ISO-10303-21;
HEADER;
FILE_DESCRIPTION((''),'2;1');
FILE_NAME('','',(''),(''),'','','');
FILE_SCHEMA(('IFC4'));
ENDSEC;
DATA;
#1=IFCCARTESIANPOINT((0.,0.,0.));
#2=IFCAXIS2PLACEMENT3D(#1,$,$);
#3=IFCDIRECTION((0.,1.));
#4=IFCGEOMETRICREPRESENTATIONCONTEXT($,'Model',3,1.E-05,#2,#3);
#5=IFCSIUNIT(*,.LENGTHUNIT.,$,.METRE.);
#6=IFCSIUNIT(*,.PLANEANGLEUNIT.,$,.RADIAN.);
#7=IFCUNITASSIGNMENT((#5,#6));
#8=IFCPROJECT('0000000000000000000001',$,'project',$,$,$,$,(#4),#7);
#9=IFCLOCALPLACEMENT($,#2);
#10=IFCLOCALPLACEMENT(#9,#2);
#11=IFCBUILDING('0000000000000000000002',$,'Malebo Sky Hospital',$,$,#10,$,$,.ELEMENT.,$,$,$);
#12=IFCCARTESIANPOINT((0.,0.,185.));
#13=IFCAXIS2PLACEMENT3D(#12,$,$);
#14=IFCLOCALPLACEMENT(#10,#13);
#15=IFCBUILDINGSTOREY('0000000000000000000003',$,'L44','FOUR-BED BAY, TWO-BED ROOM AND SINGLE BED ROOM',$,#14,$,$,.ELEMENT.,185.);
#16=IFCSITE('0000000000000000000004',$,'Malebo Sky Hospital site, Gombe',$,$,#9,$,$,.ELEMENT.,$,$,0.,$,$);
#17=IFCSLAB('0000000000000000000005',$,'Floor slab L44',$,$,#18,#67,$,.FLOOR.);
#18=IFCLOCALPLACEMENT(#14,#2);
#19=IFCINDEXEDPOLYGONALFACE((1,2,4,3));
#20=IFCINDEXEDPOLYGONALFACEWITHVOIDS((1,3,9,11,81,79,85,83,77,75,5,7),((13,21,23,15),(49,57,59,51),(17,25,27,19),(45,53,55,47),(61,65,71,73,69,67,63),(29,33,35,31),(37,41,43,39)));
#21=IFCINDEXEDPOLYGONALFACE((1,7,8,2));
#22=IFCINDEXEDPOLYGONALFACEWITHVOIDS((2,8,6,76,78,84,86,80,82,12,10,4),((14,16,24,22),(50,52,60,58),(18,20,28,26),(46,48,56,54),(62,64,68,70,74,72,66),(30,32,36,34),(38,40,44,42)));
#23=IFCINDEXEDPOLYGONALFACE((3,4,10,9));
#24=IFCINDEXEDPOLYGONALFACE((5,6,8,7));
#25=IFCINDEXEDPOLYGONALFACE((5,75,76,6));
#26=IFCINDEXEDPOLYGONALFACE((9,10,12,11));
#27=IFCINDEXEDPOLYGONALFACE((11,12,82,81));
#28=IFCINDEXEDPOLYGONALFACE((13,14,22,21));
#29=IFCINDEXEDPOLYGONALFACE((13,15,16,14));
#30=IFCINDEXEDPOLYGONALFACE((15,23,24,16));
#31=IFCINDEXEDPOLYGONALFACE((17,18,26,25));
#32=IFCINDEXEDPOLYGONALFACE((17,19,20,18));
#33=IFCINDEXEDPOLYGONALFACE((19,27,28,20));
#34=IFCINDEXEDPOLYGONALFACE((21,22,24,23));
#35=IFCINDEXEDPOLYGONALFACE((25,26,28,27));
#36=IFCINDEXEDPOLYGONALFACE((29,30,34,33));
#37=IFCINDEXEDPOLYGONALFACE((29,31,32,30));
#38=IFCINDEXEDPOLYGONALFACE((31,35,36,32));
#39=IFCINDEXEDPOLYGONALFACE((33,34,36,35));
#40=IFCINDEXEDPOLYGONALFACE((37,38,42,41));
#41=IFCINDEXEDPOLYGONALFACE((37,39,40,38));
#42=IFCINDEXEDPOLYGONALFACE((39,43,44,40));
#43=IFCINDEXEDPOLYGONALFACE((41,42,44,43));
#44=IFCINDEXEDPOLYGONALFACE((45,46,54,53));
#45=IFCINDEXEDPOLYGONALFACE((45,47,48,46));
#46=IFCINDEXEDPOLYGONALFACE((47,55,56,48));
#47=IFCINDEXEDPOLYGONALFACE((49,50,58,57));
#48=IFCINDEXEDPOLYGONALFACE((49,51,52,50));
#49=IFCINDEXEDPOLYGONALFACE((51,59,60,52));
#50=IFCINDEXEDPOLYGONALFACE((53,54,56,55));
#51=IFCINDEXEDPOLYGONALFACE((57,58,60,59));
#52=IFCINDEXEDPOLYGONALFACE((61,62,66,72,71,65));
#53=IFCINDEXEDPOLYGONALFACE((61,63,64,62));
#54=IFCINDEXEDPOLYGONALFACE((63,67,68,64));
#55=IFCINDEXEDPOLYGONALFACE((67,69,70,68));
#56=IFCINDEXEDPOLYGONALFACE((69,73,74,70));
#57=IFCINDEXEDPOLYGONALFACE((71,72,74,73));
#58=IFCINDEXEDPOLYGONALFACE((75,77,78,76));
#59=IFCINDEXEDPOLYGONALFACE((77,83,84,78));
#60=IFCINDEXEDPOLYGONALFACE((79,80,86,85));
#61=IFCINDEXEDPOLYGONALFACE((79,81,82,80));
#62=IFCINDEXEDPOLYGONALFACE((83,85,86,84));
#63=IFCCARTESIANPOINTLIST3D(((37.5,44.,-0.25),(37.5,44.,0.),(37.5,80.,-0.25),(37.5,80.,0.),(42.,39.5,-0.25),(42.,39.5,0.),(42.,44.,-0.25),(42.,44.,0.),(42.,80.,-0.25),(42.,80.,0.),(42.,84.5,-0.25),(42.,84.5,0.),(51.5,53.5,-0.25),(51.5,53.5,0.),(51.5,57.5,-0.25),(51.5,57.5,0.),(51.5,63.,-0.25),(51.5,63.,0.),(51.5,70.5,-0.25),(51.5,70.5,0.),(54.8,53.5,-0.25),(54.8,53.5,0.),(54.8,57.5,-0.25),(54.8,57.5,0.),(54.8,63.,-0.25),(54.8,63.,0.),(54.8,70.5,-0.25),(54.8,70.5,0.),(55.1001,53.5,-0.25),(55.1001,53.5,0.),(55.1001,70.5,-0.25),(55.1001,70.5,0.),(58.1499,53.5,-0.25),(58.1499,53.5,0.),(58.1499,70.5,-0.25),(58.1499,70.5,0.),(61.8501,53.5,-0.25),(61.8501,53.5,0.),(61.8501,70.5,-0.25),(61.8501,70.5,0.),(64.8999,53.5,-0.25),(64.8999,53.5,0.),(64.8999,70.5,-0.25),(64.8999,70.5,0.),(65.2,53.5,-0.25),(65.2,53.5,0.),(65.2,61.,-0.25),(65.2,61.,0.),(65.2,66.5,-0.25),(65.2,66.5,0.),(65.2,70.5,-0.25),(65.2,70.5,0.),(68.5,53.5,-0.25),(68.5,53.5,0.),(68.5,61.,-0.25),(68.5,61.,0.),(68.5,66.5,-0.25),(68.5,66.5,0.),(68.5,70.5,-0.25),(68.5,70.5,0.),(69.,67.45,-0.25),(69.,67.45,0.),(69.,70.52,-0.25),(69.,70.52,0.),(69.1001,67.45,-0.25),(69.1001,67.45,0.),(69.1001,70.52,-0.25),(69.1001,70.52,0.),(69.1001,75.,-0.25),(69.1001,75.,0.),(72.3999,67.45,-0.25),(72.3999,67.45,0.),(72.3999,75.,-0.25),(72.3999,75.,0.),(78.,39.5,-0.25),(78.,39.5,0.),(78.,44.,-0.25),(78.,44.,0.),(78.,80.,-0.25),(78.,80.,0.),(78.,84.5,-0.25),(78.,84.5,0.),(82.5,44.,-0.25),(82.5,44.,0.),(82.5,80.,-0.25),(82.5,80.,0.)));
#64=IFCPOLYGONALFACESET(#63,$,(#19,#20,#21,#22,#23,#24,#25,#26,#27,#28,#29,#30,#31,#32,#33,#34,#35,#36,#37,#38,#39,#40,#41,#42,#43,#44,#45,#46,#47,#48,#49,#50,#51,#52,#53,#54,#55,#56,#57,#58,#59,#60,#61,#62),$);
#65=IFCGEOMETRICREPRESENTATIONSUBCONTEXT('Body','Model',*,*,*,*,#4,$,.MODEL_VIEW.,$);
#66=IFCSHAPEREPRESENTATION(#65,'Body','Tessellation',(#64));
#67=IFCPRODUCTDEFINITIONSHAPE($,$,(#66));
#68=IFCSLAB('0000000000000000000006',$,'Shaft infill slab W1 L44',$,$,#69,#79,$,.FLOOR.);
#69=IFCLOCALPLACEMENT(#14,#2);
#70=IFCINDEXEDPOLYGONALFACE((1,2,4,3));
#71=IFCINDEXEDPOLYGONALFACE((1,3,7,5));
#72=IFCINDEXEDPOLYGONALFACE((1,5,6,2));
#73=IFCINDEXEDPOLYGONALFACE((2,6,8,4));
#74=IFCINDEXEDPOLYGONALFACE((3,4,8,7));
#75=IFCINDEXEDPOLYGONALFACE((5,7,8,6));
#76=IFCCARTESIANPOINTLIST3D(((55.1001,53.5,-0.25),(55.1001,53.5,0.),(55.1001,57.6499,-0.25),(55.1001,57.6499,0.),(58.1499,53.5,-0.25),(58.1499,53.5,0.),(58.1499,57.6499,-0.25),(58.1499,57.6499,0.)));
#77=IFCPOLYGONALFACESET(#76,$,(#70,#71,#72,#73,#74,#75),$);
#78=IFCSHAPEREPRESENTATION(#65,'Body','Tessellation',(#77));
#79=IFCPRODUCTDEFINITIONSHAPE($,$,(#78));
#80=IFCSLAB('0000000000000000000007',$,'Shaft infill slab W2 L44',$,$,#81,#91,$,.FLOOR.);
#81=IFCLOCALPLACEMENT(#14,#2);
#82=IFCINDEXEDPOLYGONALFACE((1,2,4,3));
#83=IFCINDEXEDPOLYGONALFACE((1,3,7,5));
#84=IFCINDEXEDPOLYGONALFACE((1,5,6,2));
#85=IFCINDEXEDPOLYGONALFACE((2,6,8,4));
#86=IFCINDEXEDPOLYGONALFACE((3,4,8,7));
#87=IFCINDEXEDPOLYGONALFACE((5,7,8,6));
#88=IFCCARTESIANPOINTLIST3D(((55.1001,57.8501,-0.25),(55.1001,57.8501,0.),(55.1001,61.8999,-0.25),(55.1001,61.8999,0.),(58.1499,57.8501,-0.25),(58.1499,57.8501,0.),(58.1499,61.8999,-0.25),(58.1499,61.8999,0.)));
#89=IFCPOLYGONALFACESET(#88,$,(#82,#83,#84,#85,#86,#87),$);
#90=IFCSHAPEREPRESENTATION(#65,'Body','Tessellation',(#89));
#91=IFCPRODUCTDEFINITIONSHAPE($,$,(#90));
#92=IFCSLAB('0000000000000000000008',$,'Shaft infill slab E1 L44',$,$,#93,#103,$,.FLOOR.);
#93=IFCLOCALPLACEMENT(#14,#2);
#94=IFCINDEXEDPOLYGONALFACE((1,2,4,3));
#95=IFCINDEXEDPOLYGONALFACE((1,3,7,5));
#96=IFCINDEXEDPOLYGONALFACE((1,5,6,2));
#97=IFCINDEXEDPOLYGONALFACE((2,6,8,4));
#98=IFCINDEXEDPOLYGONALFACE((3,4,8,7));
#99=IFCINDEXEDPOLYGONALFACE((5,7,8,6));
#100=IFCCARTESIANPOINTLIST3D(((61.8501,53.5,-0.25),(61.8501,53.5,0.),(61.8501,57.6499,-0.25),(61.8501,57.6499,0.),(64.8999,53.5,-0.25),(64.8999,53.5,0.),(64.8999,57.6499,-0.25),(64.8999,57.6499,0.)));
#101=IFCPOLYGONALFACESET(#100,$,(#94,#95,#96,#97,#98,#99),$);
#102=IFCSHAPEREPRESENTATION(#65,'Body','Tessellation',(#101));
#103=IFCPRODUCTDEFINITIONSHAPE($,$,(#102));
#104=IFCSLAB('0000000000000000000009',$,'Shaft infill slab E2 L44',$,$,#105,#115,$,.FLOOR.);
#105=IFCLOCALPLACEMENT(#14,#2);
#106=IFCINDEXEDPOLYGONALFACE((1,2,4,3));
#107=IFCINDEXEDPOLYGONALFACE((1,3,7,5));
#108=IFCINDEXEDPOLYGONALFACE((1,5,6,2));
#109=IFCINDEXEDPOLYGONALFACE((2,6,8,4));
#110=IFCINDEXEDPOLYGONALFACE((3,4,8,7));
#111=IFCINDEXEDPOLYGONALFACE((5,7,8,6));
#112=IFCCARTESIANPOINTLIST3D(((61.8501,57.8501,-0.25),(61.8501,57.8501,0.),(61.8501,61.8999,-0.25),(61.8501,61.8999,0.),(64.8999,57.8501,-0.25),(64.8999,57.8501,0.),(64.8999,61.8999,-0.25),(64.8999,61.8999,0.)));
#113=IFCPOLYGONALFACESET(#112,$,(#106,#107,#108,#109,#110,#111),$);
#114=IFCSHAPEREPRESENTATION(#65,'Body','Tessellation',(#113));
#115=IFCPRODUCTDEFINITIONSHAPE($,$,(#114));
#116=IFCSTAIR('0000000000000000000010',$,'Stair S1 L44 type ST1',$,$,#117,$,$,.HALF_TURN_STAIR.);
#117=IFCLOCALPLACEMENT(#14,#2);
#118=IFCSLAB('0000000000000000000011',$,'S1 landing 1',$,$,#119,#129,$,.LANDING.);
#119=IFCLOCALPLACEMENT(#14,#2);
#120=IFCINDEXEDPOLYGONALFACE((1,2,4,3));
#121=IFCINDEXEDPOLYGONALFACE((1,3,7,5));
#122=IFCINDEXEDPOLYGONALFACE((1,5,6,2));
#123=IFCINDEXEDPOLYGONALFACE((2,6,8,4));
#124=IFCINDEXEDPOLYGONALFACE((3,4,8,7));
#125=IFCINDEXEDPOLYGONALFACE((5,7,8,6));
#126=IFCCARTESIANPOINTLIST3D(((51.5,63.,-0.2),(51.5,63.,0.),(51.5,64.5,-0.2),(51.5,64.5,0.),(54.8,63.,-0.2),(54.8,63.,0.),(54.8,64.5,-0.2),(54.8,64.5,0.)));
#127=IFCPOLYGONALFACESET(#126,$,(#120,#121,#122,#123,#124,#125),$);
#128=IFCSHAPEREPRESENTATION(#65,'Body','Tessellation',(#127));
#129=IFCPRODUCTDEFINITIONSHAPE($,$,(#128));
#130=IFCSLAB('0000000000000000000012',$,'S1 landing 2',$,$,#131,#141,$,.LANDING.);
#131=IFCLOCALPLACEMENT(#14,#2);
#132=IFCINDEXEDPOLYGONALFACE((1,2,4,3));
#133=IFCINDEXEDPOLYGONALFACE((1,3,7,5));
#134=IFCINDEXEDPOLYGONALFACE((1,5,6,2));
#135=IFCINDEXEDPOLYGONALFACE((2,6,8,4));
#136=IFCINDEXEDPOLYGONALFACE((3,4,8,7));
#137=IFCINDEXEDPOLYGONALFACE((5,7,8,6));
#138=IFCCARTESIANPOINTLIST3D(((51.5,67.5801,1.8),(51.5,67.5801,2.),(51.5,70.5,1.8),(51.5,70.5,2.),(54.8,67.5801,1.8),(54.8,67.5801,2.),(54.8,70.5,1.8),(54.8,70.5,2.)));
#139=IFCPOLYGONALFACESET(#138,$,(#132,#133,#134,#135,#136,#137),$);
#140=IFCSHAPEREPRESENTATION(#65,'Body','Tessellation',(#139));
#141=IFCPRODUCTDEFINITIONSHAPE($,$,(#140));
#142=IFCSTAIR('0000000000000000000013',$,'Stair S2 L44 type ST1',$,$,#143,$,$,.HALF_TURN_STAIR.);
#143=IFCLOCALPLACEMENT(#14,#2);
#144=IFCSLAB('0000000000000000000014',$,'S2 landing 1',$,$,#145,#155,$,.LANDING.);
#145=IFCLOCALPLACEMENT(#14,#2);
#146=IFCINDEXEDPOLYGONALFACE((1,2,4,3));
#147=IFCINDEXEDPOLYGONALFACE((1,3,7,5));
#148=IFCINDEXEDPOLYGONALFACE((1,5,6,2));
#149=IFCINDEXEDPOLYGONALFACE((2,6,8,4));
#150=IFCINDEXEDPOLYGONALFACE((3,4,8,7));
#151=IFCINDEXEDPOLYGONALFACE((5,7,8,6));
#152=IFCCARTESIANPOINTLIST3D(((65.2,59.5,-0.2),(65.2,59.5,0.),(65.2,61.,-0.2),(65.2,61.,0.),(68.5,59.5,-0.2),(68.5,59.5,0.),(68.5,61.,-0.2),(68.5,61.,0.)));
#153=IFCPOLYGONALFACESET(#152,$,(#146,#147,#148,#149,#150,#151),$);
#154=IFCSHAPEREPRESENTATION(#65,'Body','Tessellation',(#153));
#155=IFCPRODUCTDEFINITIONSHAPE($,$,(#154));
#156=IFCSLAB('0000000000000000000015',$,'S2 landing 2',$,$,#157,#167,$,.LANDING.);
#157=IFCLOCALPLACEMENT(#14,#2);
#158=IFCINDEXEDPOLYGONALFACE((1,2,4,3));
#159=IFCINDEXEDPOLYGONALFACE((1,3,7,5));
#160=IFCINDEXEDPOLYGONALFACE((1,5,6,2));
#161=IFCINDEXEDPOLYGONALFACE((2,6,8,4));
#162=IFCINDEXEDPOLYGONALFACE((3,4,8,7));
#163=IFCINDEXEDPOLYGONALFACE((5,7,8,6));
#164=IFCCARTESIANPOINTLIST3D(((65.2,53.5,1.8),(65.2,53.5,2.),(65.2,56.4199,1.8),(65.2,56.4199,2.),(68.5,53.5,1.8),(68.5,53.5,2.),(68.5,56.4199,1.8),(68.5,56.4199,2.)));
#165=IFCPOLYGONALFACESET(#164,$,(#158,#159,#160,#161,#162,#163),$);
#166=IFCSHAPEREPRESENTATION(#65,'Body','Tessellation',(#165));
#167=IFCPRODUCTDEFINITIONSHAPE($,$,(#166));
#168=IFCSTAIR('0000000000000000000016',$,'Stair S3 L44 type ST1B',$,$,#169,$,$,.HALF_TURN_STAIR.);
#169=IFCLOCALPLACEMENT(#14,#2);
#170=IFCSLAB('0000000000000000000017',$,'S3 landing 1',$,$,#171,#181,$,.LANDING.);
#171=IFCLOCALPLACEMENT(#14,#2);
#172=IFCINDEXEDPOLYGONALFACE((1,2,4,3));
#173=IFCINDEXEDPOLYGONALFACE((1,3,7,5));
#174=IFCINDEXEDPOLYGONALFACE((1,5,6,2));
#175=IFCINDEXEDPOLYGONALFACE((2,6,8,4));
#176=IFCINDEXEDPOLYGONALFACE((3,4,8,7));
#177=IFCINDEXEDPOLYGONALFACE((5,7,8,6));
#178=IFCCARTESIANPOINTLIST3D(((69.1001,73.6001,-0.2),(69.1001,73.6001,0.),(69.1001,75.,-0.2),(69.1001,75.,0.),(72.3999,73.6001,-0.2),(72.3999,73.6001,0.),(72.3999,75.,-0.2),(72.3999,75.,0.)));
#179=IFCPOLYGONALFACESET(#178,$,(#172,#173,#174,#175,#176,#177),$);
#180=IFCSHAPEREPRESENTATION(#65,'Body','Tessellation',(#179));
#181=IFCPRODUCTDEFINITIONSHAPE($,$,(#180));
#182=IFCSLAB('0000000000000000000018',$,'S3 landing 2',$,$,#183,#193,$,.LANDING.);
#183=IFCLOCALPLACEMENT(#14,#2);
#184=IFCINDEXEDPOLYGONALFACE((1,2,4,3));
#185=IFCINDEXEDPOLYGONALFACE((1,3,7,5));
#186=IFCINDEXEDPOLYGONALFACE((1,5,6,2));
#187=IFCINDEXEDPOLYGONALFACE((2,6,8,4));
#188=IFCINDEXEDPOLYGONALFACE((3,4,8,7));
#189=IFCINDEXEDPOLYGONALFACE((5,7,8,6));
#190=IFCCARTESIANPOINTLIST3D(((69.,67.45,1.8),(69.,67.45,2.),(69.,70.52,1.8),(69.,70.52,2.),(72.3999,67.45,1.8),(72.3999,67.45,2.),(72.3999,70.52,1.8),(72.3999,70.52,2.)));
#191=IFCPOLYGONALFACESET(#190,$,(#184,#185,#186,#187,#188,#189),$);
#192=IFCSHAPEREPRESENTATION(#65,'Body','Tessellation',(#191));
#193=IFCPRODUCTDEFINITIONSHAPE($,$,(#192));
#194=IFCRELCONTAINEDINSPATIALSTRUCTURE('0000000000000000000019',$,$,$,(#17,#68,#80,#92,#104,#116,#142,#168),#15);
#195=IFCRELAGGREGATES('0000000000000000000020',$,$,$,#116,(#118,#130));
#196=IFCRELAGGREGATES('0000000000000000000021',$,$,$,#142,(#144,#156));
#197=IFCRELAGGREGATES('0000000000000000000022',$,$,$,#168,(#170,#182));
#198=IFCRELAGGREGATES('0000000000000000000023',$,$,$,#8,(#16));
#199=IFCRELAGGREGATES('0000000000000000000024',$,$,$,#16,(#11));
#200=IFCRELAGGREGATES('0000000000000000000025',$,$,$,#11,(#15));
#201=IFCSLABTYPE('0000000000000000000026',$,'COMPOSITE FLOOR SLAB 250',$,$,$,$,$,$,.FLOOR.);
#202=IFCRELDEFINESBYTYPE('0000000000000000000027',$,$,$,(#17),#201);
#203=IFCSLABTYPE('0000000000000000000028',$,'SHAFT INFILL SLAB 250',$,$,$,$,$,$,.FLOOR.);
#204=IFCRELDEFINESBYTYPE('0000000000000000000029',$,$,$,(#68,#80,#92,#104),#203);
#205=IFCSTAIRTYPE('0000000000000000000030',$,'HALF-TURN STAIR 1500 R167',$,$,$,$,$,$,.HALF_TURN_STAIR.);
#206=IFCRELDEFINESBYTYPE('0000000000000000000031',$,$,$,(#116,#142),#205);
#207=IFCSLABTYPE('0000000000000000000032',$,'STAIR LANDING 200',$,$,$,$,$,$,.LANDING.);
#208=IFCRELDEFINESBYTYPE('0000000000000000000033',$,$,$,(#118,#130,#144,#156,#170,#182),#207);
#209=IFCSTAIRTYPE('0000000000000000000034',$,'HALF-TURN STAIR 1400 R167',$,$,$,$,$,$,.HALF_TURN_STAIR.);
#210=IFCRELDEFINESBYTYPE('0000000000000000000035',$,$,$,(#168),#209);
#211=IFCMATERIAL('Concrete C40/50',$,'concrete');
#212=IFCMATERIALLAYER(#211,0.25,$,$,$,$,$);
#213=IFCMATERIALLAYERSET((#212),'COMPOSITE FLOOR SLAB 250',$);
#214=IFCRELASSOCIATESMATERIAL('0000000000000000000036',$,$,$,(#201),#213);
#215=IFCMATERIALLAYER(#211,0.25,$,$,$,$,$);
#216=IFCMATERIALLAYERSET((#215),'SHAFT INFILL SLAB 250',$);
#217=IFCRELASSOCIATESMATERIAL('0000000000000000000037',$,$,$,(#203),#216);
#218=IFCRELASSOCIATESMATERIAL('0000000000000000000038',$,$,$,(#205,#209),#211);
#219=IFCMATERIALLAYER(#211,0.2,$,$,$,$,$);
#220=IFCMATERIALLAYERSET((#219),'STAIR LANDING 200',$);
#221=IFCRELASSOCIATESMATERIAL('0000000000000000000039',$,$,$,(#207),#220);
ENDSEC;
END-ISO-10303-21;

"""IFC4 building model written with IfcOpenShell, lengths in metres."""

from ifc_helpers import new_model, si_unit, direction, frame, origin, place, context, subcontext, project, spatial, polyline, outline, extrude, material, layer, layer_set, type_object, element, aggregate, save


model = new_model("IFC4")

# Units and contexts
model_context = context("Model", 3, precision=1e-05, world=origin(), true_north=direction((0.0, 1.0)))
body_context = subcontext(model_context, "Body", "Model", "MODEL_VIEW")
ifc_project = project(units=[si_unit("LENGTHUNIT", "METRE"), si_unit("PLANEANGLEUNIT", "RADIAN")], contexts=[model_context])

# Site, building, storey
site_placement = place(None, origin())
site = spatial("IfcSite", under=ifc_project, at=site_placement, Name="Malebo Sky Hospital site, Gombe", CompositionType="ELEMENT", RefElevation=0.0)
building_placement = place(site_placement, origin())
building = spatial("IfcBuilding", under=site, at=building_placement, Name="Malebo Sky Hospital", CompositionType="ELEMENT")
storey_placement = place(building_placement, frame((0.0, 0.0, 185.0)))
storey = spatial("IfcBuildingStorey", under=building, at=storey_placement, Name="L44", Description="FOUR-BED BAY, TWO-BED ROOM AND SINGLE BED ROOM", CompositionType="ELEMENT", Elevation=185.0)

# Slabs
ifc_material_1 = material(Name="Concrete C40/50", Category="concrete")
ifc_layer_1 = layer(ifc_material_1, 0.25)
ifc_layer_set_1 = layer_set([ifc_layer_1], Name="COMPOSITE FLOOR SLAB 250")
slab_type_1 = type_object("IfcSlabType", Name="COMPOSITE FLOOR SLAB 250", PredefinedType="FLOOR", material=ifc_layer_set_1)
slab_1_placement = place(storey_placement, frame((0.0, 0.0, -0.25)))
element("IfcSlab", 1, at=slab_1_placement, inside=storey, type_object=slab_type_1, Name="Floor slab L44", PredefinedType="FLOOR", context=body_context, shape_type="SweptSolid", body=[
    extrude(outline(polyline([(42.0, 84.5), (42.0, 80.0), (37.5, 80.0), (37.5, 44.0), (42.0, 44.0), (42.0, 39.5), (78.0, 39.5), (78.0, 44.0), (82.5, 44.0), (82.5, 80.0), (78.0, 80.0), (78.0, 84.5), (42.0, 84.5)]), holes=[polyline([(55.1001, 70.5), (58.1499, 70.5), (58.1499, 53.5), (55.1001, 53.5), (55.1001, 70.5)]), polyline([(64.8999, 70.5), (64.8999, 53.5), (61.8501, 53.5), (61.8501, 70.5), (64.8999, 70.5)]), polyline([(54.8, 63.0), (51.5, 63.0), (51.5, 70.5), (54.8, 70.5), (54.8, 63.0)]), polyline([(51.5, 53.5), (51.5, 57.5), (54.8, 57.5), (54.8, 53.5), (51.5, 53.5)]), polyline([(65.2, 61.0), (68.5, 61.0), (68.5, 53.5), (65.2, 53.5), (65.2, 61.0)]), polyline([(68.5, 70.5), (68.5, 66.5), (65.2, 66.5), (65.2, 70.5), (68.5, 70.5)]), polyline([(69.0, 67.45), (69.0, 70.52), (69.1001, 70.52), (69.1001, 75.0), (72.3999, 75.0), (72.3999, 67.45), (69.1001, 67.45), (69.0, 67.45)])]), origin(), (0.0, 0.0, 1.0), 0.25),
])
ifc_layer_2 = layer(ifc_material_1, 0.25)
ifc_layer_set_2 = layer_set([ifc_layer_2], Name="SHAFT INFILL SLAB 250")
slab_type_2 = type_object("IfcSlabType", Name="SHAFT INFILL SLAB 250", PredefinedType="FLOOR", material=ifc_layer_set_2)
slab_2_placement = place(storey_placement, frame((0.0, 0.0, -0.25)))
element("IfcSlab", 2, at=slab_2_placement, inside=storey, type_object=slab_type_2, Name="Shaft infill slab W1 L44", PredefinedType="FLOOR", context=body_context, shape_type="SweptSolid", body=[
    extrude(outline(polyline([(55.1001, 53.5), (58.1499, 53.5), (58.1499, 57.6499), (55.1001, 57.6499), (55.1001, 53.5)])), origin(), (0.0, 0.0, 1.0), 0.25),
])
slab_3_placement = place(storey_placement, frame((0.0, 0.0, -0.25)))
element("IfcSlab", 3, at=slab_3_placement, inside=storey, type_object=slab_type_2, Name="Shaft infill slab W2 L44", PredefinedType="FLOOR", context=body_context, shape_type="SweptSolid", body=[
    extrude(outline(polyline([(55.1001, 57.8501), (58.1499, 57.8501), (58.1499, 61.8999), (55.1001, 61.8999), (55.1001, 57.8501)])), origin(), (0.0, 0.0, 1.0), 0.25),
])
slab_4_placement = place(storey_placement, frame((0.0, 0.0, -0.25)))
element("IfcSlab", 4, at=slab_4_placement, inside=storey, type_object=slab_type_2, Name="Shaft infill slab E1 L44", PredefinedType="FLOOR", context=body_context, shape_type="SweptSolid", body=[
    extrude(outline(polyline([(61.8501, 53.5), (64.8999, 53.5), (64.8999, 57.6499), (61.8501, 57.6499), (61.8501, 53.5)])), origin(), (0.0, 0.0, 1.0), 0.25),
])
slab_5_placement = place(storey_placement, frame((0.0, 0.0, -0.25)))
element("IfcSlab", 5, at=slab_5_placement, inside=storey, type_object=slab_type_2, Name="Shaft infill slab E2 L44", PredefinedType="FLOOR", context=body_context, shape_type="SweptSolid", body=[
    extrude(outline(polyline([(61.8501, 57.8501), (64.8999, 57.8501), (64.8999, 61.8999), (61.8501, 61.8999), (61.8501, 57.8501)])), origin(), (0.0, 0.0, 1.0), 0.25),
])

# Stairs, slabs
stair_type_1 = type_object("IfcStairType", Name="HALF-TURN STAIR 1500 R167", PredefinedType="HALF_TURN_STAIR", material=ifc_material_1)
stair_1_placement = place(storey_placement, origin())
stair_1 = element("IfcStair", 6, at=stair_1_placement, inside=storey, type_object=stair_type_1, Name="Stair S1 L44 type ST1", PredefinedType="HALF_TURN_STAIR")
ifc_layer_3 = layer(ifc_material_1, 0.2)
ifc_layer_set_3 = layer_set([ifc_layer_3], Name="STAIR LANDING 200")
slab_type_3 = type_object("IfcSlabType", Name="STAIR LANDING 200", PredefinedType="LANDING", material=ifc_layer_set_3)
slab_6_placement = place(storey_placement, frame((0.0, 0.0, -0.2)))
slab_6 = element("IfcSlab", 7, at=slab_6_placement, type_object=slab_type_3, Name="S1 landing 1", PredefinedType="LANDING", context=body_context, shape_type="SweptSolid", body=[
    extrude(outline(polyline([(51.5, 63.0), (54.8, 63.0), (54.8, 64.5), (51.5, 64.5), (51.5, 63.0)])), origin(), (0.0, 0.0, 1.0), 0.2),
])
slab_7_placement = place(storey_placement, frame((0.0, 0.0, 1.8)))
slab_7 = element("IfcSlab", 8, at=slab_7_placement, type_object=slab_type_3, Name="S1 landing 2", PredefinedType="LANDING", context=body_context, shape_type="SweptSolid", body=[
    extrude(outline(polyline([(51.5, 67.5801), (54.8, 67.5801), (54.8, 70.5), (51.5, 70.5), (51.5, 67.5801)])), origin(), (0.0, 0.0, 1.0), 0.2),
])
aggregate(stair_1, [slab_6, slab_7])
stair_2_placement = place(storey_placement, origin())
stair_2 = element("IfcStair", 9, at=stair_2_placement, inside=storey, type_object=stair_type_1, Name="Stair S2 L44 type ST1", PredefinedType="HALF_TURN_STAIR")
slab_8_placement = place(storey_placement, frame((0.0, 0.0, -0.2)))
slab_8 = element("IfcSlab", 10, at=slab_8_placement, type_object=slab_type_3, Name="S2 landing 1", PredefinedType="LANDING", context=body_context, shape_type="SweptSolid", body=[
    extrude(outline(polyline([(65.2, 59.5), (68.5, 59.5), (68.5, 61.0), (65.2, 61.0), (65.2, 59.5)])), origin(), (0.0, 0.0, 1.0), 0.2),
])
slab_9_placement = place(storey_placement, frame((0.0, 0.0, 1.8)))
slab_9 = element("IfcSlab", 11, at=slab_9_placement, type_object=slab_type_3, Name="S2 landing 2", PredefinedType="LANDING", context=body_context, shape_type="SweptSolid", body=[
    extrude(outline(polyline([(65.2, 53.5), (68.5, 53.5), (68.5, 56.4199), (65.2, 56.4199), (65.2, 53.5)])), origin(), (0.0, 0.0, 1.0), 0.2),
])
aggregate(stair_2, [slab_8, slab_9])
stair_type_2 = type_object("IfcStairType", Name="HALF-TURN STAIR 1400 R167", PredefinedType="HALF_TURN_STAIR", material=ifc_material_1)
stair_3_placement = place(storey_placement, origin())
stair_3 = element("IfcStair", 12, at=stair_3_placement, inside=storey, type_object=stair_type_2, Name="Stair S3 L44 type ST1B", PredefinedType="HALF_TURN_STAIR")
slab_10_placement = place(storey_placement, frame((0.0, 0.0, -0.2)))
slab_10 = element("IfcSlab", 13, at=slab_10_placement, type_object=slab_type_3, Name="S3 landing 1", PredefinedType="LANDING", context=body_context, shape_type="SweptSolid", body=[
    extrude(outline(polyline([(69.1001, 73.6001), (72.3999, 73.6001), (72.3999, 75.0), (69.1001, 75.0), (69.1001, 73.6001)])), origin(), (0.0, 0.0, 1.0), 0.2),
])
slab_11_placement = place(storey_placement, frame((0.0, 0.0, 1.8)))
slab_11 = element("IfcSlab", 14, at=slab_11_placement, type_object=slab_type_3, Name="S3 landing 2", PredefinedType="LANDING", context=body_context, shape_type="SweptSolid", body=[
    extrude(outline(polyline([(69.0, 67.45), (72.3999, 67.45), (72.3999, 70.52), (69.0, 70.52), (69.0, 67.45)])), origin(), (0.0, 0.0, 1.0), 0.2),
])
aggregate(stair_3, [slab_10, slab_11])

save(model, "model.ifc")
